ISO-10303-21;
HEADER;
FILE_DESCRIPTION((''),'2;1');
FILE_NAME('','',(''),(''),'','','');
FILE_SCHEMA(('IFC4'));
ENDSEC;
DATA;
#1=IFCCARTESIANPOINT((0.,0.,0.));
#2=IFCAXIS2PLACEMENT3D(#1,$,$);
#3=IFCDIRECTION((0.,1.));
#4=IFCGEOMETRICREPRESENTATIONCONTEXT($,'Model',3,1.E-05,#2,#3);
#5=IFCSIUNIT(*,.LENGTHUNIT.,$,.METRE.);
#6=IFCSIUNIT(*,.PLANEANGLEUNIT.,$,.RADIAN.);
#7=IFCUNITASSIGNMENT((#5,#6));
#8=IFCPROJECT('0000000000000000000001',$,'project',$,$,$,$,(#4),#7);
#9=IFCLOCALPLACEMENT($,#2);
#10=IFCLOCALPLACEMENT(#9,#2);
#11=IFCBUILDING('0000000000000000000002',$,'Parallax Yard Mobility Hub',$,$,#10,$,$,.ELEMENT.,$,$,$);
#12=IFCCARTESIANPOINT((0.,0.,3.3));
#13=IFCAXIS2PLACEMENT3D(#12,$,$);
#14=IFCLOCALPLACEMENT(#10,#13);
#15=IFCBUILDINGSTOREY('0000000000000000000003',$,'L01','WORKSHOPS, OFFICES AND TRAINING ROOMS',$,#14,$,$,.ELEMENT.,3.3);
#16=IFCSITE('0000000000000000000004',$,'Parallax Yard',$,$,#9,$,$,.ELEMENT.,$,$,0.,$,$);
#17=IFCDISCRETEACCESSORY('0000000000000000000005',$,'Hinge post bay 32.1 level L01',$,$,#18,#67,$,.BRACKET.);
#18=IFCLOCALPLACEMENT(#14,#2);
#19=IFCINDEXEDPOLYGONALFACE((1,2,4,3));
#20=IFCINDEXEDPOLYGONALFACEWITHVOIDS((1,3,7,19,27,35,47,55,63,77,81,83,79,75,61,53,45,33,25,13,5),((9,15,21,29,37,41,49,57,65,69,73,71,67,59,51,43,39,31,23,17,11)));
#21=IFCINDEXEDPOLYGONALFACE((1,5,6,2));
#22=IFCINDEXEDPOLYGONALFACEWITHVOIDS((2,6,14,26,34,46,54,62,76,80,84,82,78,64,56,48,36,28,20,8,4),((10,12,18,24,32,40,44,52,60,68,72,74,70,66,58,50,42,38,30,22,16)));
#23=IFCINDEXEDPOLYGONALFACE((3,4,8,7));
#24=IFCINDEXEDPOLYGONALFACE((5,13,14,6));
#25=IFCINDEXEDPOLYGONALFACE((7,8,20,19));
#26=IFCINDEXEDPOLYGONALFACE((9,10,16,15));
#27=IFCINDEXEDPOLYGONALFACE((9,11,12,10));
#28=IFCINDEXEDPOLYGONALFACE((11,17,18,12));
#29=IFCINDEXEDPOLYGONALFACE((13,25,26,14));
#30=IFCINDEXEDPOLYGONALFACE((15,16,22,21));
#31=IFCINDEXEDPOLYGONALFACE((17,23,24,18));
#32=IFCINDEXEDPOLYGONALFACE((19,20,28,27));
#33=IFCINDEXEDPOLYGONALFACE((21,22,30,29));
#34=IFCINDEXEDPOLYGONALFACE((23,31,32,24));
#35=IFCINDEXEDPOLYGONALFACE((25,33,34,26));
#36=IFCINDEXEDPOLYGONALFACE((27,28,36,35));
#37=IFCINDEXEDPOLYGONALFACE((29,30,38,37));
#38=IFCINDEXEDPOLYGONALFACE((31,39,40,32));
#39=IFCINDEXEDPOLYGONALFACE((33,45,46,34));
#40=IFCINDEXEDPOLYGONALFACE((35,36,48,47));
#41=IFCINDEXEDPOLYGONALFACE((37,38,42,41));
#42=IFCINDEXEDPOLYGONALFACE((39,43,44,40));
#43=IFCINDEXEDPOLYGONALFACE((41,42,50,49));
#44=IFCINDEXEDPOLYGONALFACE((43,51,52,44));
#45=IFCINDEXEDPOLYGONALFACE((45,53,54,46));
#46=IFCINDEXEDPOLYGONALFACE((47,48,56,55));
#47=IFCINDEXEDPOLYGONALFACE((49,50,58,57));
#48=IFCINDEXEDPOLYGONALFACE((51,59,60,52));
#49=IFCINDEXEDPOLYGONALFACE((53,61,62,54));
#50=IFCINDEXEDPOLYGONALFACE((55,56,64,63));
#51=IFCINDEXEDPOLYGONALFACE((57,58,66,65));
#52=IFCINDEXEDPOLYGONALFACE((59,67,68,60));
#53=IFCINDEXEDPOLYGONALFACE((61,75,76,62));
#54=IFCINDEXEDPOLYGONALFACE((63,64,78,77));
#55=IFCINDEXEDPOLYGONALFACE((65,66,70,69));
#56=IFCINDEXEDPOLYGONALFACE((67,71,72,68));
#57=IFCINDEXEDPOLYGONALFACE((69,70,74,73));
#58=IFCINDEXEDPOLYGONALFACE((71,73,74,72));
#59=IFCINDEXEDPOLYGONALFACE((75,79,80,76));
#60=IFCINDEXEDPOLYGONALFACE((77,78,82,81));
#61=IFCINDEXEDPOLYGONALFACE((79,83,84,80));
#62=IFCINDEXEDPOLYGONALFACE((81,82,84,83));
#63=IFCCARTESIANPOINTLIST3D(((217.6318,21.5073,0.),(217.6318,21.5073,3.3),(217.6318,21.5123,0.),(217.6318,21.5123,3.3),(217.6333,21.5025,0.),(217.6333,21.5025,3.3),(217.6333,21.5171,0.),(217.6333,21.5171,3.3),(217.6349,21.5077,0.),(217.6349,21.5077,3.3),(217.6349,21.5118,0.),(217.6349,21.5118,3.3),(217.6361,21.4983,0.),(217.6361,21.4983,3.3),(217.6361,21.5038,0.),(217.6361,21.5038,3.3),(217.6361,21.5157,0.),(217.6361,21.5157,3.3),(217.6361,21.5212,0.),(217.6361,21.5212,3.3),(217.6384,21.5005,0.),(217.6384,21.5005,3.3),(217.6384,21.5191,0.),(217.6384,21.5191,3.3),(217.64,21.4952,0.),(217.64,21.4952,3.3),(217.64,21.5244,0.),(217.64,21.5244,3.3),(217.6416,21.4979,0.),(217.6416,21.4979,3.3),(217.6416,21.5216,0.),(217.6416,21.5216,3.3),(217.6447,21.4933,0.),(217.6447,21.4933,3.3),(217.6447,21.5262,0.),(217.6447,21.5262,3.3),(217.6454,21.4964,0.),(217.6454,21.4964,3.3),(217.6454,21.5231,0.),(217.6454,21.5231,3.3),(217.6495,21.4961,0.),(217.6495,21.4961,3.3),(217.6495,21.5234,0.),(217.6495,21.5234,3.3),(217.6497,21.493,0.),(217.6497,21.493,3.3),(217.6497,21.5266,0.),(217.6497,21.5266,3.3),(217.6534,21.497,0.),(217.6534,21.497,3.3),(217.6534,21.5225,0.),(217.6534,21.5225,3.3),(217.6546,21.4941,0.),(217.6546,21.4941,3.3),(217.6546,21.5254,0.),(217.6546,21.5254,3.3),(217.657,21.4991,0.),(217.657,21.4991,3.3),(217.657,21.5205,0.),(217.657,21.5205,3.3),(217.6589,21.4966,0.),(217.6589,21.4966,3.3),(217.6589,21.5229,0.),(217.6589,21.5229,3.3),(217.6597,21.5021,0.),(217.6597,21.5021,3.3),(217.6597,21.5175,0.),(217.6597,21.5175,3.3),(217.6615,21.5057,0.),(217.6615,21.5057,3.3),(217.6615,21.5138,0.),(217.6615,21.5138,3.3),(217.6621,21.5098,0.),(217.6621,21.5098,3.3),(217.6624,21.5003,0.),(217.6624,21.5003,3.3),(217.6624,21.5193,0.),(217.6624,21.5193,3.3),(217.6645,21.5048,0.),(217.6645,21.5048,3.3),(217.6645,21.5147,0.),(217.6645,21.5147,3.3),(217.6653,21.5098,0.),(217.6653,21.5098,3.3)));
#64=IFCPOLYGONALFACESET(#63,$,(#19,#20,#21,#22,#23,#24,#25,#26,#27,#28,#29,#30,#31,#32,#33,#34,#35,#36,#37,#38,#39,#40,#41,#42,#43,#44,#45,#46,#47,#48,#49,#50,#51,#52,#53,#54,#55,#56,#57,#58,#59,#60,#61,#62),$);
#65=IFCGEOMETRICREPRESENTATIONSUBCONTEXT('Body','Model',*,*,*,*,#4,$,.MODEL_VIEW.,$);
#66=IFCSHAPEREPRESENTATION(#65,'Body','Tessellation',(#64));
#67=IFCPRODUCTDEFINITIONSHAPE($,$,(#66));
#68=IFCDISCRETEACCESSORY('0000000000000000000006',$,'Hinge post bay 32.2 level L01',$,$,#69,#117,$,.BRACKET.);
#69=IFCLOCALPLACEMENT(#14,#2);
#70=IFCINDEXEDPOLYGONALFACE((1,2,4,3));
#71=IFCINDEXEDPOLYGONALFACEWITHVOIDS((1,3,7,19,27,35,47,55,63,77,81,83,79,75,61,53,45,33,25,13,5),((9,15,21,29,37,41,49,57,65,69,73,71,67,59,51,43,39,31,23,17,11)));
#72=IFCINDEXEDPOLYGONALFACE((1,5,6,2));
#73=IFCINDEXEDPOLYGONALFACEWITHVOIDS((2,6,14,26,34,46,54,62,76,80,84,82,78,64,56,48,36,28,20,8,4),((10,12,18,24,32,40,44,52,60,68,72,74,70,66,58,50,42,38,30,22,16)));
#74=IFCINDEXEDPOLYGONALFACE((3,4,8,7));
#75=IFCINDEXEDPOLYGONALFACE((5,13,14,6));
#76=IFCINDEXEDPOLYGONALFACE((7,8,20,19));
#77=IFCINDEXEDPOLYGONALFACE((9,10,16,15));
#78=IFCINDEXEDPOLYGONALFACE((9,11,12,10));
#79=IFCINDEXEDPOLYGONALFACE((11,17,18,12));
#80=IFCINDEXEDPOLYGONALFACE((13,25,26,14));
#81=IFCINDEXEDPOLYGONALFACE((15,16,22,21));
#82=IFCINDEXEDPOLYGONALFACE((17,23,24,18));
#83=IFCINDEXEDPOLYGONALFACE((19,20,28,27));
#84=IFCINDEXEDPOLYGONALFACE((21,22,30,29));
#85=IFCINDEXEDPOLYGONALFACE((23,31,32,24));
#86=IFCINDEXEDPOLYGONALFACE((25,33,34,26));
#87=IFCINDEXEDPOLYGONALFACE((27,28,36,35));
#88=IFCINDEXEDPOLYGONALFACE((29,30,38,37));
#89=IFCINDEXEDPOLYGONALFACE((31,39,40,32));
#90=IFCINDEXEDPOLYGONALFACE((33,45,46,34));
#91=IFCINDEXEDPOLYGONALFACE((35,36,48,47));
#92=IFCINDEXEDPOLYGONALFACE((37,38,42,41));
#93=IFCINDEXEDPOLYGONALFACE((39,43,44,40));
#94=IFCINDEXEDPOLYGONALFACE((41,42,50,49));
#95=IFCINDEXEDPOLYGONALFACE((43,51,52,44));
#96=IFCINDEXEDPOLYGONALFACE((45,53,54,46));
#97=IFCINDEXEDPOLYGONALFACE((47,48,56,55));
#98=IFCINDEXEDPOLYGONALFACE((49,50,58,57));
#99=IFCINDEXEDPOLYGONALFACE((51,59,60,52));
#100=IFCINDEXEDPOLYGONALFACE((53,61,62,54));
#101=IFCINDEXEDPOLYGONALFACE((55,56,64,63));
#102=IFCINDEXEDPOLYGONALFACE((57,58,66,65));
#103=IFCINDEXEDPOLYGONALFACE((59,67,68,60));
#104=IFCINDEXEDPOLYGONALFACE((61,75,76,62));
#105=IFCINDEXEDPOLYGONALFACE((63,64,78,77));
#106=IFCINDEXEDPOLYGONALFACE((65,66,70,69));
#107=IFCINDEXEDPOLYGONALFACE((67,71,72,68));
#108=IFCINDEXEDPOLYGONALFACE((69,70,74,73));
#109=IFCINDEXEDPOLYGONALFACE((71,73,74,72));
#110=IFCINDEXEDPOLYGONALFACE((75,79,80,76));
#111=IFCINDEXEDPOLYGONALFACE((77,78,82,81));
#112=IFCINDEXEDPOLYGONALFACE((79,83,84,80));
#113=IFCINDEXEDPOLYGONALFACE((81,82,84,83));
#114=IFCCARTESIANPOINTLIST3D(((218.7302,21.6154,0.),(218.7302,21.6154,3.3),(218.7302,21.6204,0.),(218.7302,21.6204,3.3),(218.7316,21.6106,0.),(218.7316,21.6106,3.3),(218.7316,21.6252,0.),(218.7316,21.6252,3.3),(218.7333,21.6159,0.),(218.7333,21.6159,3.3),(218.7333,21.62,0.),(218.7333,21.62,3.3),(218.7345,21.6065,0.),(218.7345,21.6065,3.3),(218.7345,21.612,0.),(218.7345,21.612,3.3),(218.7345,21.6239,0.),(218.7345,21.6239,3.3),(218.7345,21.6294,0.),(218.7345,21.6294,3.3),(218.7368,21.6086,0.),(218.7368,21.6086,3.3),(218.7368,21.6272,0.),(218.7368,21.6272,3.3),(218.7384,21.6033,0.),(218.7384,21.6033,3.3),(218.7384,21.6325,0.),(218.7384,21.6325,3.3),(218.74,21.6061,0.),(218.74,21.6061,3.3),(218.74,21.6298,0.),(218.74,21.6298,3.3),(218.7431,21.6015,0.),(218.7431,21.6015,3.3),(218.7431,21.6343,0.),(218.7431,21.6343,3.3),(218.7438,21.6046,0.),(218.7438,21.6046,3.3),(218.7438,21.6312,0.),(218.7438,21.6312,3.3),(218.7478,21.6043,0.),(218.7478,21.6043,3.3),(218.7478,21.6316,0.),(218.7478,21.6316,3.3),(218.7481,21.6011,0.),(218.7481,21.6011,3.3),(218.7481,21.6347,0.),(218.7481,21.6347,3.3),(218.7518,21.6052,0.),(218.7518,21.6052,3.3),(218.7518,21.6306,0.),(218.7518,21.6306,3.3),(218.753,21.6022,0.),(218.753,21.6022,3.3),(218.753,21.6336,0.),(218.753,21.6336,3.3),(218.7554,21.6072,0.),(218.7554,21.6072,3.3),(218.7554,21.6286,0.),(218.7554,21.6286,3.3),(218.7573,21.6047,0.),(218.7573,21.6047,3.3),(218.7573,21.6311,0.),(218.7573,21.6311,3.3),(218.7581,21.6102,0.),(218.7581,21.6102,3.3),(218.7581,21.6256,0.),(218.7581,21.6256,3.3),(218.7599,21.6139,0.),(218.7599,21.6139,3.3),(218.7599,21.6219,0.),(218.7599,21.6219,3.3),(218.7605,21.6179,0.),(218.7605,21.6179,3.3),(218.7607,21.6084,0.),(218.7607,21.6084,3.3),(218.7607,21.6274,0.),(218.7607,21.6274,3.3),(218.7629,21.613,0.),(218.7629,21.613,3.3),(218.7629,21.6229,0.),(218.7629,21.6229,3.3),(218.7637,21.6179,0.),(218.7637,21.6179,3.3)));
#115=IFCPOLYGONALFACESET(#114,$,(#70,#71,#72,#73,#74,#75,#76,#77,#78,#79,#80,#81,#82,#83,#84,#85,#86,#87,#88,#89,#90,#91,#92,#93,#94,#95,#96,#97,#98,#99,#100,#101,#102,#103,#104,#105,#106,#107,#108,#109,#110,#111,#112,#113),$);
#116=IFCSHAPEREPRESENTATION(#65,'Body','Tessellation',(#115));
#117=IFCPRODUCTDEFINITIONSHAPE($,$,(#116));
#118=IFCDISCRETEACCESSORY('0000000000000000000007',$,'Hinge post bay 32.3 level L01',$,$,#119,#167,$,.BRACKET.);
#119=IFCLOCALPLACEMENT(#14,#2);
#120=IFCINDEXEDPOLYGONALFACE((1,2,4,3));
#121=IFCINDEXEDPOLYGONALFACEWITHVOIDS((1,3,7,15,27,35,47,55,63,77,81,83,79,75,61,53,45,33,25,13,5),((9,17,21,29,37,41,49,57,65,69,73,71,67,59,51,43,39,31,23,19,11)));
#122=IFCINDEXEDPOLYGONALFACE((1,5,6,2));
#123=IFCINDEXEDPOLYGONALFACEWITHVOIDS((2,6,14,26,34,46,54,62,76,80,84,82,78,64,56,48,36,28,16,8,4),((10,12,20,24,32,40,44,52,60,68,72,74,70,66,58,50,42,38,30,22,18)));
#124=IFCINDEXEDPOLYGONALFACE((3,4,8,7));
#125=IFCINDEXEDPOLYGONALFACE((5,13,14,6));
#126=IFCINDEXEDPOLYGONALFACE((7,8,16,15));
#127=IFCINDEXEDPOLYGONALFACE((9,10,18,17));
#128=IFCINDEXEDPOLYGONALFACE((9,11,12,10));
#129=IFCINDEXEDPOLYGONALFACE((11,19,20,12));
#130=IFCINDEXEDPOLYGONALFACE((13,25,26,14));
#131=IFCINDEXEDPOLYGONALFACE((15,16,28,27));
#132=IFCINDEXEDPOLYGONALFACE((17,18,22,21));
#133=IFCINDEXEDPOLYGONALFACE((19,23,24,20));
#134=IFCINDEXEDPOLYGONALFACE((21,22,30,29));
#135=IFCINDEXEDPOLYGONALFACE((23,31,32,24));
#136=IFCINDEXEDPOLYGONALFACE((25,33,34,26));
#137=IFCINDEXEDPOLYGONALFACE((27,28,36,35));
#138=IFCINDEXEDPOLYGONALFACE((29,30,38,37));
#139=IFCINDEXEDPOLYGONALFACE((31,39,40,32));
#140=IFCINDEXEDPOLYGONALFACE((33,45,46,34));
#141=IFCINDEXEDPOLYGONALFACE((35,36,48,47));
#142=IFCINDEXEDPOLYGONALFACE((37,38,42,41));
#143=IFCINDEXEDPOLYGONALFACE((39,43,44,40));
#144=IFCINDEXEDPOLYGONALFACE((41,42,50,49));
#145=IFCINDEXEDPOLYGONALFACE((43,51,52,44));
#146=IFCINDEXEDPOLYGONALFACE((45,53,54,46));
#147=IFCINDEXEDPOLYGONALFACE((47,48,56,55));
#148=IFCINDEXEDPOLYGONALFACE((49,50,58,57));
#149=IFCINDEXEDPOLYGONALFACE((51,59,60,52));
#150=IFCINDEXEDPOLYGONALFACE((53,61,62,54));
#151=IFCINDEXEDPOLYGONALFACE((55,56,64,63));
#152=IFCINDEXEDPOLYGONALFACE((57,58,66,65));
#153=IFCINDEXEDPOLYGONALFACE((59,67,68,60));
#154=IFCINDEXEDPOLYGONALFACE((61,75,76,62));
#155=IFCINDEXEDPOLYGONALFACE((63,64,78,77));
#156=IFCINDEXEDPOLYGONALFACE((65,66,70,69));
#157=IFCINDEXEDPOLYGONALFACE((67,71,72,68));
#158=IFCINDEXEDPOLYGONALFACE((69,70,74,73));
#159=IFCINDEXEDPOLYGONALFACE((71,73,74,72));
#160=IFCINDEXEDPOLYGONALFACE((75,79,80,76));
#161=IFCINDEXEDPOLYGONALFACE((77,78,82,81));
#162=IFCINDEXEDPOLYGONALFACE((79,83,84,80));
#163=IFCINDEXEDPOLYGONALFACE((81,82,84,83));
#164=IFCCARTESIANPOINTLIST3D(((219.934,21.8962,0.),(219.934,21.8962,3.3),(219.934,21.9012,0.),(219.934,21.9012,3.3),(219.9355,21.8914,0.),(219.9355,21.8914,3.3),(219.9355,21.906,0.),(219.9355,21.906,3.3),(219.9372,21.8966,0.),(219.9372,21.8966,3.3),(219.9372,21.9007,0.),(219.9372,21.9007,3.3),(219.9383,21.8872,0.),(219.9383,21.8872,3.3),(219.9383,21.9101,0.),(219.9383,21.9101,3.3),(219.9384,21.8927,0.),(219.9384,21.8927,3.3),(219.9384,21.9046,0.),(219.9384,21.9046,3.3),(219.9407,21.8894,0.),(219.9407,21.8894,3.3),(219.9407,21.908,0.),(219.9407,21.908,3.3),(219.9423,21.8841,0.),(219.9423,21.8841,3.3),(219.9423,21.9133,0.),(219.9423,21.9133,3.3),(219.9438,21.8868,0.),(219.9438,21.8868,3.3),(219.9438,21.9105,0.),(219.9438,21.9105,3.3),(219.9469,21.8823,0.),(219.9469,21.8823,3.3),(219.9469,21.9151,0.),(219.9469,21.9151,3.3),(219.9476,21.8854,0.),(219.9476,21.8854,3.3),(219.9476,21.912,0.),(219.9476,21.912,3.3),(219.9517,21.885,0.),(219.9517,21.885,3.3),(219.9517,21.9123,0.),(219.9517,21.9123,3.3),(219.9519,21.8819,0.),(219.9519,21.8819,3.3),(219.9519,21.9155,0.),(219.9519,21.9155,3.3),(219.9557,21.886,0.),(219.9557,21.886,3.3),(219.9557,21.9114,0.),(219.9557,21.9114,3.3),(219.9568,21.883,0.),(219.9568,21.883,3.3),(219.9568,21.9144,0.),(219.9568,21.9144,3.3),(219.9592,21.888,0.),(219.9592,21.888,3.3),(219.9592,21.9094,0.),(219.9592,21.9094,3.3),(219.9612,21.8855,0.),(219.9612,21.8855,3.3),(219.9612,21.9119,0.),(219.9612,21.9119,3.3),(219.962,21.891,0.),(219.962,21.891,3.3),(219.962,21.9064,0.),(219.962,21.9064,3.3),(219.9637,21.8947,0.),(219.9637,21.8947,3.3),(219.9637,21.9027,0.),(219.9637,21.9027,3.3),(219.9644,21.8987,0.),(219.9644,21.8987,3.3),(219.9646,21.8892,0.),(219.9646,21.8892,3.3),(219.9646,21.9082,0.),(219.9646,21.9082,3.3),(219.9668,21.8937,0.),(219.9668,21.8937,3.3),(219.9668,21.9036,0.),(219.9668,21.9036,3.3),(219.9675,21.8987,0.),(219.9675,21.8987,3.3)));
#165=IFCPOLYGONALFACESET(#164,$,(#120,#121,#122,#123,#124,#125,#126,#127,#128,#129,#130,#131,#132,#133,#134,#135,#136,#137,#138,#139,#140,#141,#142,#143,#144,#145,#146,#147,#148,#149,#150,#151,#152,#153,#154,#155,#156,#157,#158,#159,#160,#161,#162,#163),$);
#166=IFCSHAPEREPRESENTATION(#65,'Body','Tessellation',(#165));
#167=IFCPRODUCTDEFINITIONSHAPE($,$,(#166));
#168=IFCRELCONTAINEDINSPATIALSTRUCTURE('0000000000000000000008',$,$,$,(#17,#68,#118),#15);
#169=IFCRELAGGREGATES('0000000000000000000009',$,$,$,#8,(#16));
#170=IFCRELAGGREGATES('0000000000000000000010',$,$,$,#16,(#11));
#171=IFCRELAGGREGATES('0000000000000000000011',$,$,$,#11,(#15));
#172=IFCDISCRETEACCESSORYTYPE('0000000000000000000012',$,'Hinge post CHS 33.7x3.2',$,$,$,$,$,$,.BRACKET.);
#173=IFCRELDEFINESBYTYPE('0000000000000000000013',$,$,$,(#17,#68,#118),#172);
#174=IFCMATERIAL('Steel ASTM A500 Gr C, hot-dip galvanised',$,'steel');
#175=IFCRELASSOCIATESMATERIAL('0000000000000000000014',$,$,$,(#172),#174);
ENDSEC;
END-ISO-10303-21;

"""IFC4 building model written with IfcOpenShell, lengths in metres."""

from ifc_helpers import new_model, si_unit, direction, frame, origin, origin_2d, place, context, subcontext, project, spatial, hollow_circle, extrude, material, material_profile, profile_set, type_object, element, save


model = new_model("IFC4")

# Units and contexts
model_context = context("Model", 3, precision=1e-05, world=origin(), true_north=direction((0.0, 1.0)))
body_context = subcontext(model_context, "Body", "Model", "MODEL_VIEW")
ifc_project = project(units=[si_unit("LENGTHUNIT", "METRE"), si_unit("PLANEANGLEUNIT", "RADIAN")], contexts=[model_context])

# Site, building, storey
site_placement = place(None, origin())
site = spatial("IfcSite", under=ifc_project, at=site_placement, Name="Parallax Yard", CompositionType="ELEMENT", RefElevation=0.0)
building_placement = place(site_placement, origin())
building = spatial("IfcBuilding", under=site, at=building_placement, Name="Parallax Yard Mobility Hub", CompositionType="ELEMENT")
storey_placement = place(building_placement, frame((0.0, 0.0, 3.3)))
storey = spatial("IfcBuildingStorey", under=building, at=storey_placement, Name="L01", Description="WORKSHOPS, OFFICES AND TRAINING ROOMS", CompositionType="ELEMENT", Elevation=3.3)

# Discrete accessories
ifc_material_1 = material(Name="Steel ASTM A500 Gr C, hot-dip galvanised", Category="steel")
ifc_material_profile = material_profile(ifc_material_1, hollow_circle(Radius=0.0168, WallThickness=0.0032, at=origin_2d()), Name="CHS 33.7x3.2")
ifc_profile_set = profile_set([ifc_material_profile], Name="Steel ASTM A500 Gr C, hot-dip galvanised")
discrete_accessory_type_1 = type_object("IfcDiscreteAccessoryType", Name="Hinge post CHS 33.7x3.2", PredefinedType="BRACKET", material=ifc_profile_set)
for number, where, z_axis, x_axis, name in (
    (1, (217.6484, 21.5098, 0.0), (0.0, 0.0, 1.0), (1.0, 0.0, 0.0), "Hinge post bay 32.1 level L01"),
    (2, (218.7468, 21.6179, 0.0), (0.0, 0.0, 1.0), (1.0, 0.0, 0.0), "Hinge post bay 32.2 level L01"),
    (3, (219.9507, 21.8987, 0.0), (0.0, 0.0, 1.0), (1.0, 0.0, 0.0), "Hinge post bay 32.3 level L01"),
):
    element("IfcDiscreteAccessory", number, at=place(storey_placement, frame(where, z_axis=z_axis, x_axis=x_axis)), inside=storey, type_object=discrete_accessory_type_1, Name=name, PredefinedType="BRACKET", context=body_context, shape_type="SweptSolid", body=[
        extrude(hollow_circle(Radius=0.0168, WallThickness=0.0032, at=origin_2d()), origin(), (0.0, 0.0, 1.0), 3.3),
    ])

save(model, "model.ifc")
